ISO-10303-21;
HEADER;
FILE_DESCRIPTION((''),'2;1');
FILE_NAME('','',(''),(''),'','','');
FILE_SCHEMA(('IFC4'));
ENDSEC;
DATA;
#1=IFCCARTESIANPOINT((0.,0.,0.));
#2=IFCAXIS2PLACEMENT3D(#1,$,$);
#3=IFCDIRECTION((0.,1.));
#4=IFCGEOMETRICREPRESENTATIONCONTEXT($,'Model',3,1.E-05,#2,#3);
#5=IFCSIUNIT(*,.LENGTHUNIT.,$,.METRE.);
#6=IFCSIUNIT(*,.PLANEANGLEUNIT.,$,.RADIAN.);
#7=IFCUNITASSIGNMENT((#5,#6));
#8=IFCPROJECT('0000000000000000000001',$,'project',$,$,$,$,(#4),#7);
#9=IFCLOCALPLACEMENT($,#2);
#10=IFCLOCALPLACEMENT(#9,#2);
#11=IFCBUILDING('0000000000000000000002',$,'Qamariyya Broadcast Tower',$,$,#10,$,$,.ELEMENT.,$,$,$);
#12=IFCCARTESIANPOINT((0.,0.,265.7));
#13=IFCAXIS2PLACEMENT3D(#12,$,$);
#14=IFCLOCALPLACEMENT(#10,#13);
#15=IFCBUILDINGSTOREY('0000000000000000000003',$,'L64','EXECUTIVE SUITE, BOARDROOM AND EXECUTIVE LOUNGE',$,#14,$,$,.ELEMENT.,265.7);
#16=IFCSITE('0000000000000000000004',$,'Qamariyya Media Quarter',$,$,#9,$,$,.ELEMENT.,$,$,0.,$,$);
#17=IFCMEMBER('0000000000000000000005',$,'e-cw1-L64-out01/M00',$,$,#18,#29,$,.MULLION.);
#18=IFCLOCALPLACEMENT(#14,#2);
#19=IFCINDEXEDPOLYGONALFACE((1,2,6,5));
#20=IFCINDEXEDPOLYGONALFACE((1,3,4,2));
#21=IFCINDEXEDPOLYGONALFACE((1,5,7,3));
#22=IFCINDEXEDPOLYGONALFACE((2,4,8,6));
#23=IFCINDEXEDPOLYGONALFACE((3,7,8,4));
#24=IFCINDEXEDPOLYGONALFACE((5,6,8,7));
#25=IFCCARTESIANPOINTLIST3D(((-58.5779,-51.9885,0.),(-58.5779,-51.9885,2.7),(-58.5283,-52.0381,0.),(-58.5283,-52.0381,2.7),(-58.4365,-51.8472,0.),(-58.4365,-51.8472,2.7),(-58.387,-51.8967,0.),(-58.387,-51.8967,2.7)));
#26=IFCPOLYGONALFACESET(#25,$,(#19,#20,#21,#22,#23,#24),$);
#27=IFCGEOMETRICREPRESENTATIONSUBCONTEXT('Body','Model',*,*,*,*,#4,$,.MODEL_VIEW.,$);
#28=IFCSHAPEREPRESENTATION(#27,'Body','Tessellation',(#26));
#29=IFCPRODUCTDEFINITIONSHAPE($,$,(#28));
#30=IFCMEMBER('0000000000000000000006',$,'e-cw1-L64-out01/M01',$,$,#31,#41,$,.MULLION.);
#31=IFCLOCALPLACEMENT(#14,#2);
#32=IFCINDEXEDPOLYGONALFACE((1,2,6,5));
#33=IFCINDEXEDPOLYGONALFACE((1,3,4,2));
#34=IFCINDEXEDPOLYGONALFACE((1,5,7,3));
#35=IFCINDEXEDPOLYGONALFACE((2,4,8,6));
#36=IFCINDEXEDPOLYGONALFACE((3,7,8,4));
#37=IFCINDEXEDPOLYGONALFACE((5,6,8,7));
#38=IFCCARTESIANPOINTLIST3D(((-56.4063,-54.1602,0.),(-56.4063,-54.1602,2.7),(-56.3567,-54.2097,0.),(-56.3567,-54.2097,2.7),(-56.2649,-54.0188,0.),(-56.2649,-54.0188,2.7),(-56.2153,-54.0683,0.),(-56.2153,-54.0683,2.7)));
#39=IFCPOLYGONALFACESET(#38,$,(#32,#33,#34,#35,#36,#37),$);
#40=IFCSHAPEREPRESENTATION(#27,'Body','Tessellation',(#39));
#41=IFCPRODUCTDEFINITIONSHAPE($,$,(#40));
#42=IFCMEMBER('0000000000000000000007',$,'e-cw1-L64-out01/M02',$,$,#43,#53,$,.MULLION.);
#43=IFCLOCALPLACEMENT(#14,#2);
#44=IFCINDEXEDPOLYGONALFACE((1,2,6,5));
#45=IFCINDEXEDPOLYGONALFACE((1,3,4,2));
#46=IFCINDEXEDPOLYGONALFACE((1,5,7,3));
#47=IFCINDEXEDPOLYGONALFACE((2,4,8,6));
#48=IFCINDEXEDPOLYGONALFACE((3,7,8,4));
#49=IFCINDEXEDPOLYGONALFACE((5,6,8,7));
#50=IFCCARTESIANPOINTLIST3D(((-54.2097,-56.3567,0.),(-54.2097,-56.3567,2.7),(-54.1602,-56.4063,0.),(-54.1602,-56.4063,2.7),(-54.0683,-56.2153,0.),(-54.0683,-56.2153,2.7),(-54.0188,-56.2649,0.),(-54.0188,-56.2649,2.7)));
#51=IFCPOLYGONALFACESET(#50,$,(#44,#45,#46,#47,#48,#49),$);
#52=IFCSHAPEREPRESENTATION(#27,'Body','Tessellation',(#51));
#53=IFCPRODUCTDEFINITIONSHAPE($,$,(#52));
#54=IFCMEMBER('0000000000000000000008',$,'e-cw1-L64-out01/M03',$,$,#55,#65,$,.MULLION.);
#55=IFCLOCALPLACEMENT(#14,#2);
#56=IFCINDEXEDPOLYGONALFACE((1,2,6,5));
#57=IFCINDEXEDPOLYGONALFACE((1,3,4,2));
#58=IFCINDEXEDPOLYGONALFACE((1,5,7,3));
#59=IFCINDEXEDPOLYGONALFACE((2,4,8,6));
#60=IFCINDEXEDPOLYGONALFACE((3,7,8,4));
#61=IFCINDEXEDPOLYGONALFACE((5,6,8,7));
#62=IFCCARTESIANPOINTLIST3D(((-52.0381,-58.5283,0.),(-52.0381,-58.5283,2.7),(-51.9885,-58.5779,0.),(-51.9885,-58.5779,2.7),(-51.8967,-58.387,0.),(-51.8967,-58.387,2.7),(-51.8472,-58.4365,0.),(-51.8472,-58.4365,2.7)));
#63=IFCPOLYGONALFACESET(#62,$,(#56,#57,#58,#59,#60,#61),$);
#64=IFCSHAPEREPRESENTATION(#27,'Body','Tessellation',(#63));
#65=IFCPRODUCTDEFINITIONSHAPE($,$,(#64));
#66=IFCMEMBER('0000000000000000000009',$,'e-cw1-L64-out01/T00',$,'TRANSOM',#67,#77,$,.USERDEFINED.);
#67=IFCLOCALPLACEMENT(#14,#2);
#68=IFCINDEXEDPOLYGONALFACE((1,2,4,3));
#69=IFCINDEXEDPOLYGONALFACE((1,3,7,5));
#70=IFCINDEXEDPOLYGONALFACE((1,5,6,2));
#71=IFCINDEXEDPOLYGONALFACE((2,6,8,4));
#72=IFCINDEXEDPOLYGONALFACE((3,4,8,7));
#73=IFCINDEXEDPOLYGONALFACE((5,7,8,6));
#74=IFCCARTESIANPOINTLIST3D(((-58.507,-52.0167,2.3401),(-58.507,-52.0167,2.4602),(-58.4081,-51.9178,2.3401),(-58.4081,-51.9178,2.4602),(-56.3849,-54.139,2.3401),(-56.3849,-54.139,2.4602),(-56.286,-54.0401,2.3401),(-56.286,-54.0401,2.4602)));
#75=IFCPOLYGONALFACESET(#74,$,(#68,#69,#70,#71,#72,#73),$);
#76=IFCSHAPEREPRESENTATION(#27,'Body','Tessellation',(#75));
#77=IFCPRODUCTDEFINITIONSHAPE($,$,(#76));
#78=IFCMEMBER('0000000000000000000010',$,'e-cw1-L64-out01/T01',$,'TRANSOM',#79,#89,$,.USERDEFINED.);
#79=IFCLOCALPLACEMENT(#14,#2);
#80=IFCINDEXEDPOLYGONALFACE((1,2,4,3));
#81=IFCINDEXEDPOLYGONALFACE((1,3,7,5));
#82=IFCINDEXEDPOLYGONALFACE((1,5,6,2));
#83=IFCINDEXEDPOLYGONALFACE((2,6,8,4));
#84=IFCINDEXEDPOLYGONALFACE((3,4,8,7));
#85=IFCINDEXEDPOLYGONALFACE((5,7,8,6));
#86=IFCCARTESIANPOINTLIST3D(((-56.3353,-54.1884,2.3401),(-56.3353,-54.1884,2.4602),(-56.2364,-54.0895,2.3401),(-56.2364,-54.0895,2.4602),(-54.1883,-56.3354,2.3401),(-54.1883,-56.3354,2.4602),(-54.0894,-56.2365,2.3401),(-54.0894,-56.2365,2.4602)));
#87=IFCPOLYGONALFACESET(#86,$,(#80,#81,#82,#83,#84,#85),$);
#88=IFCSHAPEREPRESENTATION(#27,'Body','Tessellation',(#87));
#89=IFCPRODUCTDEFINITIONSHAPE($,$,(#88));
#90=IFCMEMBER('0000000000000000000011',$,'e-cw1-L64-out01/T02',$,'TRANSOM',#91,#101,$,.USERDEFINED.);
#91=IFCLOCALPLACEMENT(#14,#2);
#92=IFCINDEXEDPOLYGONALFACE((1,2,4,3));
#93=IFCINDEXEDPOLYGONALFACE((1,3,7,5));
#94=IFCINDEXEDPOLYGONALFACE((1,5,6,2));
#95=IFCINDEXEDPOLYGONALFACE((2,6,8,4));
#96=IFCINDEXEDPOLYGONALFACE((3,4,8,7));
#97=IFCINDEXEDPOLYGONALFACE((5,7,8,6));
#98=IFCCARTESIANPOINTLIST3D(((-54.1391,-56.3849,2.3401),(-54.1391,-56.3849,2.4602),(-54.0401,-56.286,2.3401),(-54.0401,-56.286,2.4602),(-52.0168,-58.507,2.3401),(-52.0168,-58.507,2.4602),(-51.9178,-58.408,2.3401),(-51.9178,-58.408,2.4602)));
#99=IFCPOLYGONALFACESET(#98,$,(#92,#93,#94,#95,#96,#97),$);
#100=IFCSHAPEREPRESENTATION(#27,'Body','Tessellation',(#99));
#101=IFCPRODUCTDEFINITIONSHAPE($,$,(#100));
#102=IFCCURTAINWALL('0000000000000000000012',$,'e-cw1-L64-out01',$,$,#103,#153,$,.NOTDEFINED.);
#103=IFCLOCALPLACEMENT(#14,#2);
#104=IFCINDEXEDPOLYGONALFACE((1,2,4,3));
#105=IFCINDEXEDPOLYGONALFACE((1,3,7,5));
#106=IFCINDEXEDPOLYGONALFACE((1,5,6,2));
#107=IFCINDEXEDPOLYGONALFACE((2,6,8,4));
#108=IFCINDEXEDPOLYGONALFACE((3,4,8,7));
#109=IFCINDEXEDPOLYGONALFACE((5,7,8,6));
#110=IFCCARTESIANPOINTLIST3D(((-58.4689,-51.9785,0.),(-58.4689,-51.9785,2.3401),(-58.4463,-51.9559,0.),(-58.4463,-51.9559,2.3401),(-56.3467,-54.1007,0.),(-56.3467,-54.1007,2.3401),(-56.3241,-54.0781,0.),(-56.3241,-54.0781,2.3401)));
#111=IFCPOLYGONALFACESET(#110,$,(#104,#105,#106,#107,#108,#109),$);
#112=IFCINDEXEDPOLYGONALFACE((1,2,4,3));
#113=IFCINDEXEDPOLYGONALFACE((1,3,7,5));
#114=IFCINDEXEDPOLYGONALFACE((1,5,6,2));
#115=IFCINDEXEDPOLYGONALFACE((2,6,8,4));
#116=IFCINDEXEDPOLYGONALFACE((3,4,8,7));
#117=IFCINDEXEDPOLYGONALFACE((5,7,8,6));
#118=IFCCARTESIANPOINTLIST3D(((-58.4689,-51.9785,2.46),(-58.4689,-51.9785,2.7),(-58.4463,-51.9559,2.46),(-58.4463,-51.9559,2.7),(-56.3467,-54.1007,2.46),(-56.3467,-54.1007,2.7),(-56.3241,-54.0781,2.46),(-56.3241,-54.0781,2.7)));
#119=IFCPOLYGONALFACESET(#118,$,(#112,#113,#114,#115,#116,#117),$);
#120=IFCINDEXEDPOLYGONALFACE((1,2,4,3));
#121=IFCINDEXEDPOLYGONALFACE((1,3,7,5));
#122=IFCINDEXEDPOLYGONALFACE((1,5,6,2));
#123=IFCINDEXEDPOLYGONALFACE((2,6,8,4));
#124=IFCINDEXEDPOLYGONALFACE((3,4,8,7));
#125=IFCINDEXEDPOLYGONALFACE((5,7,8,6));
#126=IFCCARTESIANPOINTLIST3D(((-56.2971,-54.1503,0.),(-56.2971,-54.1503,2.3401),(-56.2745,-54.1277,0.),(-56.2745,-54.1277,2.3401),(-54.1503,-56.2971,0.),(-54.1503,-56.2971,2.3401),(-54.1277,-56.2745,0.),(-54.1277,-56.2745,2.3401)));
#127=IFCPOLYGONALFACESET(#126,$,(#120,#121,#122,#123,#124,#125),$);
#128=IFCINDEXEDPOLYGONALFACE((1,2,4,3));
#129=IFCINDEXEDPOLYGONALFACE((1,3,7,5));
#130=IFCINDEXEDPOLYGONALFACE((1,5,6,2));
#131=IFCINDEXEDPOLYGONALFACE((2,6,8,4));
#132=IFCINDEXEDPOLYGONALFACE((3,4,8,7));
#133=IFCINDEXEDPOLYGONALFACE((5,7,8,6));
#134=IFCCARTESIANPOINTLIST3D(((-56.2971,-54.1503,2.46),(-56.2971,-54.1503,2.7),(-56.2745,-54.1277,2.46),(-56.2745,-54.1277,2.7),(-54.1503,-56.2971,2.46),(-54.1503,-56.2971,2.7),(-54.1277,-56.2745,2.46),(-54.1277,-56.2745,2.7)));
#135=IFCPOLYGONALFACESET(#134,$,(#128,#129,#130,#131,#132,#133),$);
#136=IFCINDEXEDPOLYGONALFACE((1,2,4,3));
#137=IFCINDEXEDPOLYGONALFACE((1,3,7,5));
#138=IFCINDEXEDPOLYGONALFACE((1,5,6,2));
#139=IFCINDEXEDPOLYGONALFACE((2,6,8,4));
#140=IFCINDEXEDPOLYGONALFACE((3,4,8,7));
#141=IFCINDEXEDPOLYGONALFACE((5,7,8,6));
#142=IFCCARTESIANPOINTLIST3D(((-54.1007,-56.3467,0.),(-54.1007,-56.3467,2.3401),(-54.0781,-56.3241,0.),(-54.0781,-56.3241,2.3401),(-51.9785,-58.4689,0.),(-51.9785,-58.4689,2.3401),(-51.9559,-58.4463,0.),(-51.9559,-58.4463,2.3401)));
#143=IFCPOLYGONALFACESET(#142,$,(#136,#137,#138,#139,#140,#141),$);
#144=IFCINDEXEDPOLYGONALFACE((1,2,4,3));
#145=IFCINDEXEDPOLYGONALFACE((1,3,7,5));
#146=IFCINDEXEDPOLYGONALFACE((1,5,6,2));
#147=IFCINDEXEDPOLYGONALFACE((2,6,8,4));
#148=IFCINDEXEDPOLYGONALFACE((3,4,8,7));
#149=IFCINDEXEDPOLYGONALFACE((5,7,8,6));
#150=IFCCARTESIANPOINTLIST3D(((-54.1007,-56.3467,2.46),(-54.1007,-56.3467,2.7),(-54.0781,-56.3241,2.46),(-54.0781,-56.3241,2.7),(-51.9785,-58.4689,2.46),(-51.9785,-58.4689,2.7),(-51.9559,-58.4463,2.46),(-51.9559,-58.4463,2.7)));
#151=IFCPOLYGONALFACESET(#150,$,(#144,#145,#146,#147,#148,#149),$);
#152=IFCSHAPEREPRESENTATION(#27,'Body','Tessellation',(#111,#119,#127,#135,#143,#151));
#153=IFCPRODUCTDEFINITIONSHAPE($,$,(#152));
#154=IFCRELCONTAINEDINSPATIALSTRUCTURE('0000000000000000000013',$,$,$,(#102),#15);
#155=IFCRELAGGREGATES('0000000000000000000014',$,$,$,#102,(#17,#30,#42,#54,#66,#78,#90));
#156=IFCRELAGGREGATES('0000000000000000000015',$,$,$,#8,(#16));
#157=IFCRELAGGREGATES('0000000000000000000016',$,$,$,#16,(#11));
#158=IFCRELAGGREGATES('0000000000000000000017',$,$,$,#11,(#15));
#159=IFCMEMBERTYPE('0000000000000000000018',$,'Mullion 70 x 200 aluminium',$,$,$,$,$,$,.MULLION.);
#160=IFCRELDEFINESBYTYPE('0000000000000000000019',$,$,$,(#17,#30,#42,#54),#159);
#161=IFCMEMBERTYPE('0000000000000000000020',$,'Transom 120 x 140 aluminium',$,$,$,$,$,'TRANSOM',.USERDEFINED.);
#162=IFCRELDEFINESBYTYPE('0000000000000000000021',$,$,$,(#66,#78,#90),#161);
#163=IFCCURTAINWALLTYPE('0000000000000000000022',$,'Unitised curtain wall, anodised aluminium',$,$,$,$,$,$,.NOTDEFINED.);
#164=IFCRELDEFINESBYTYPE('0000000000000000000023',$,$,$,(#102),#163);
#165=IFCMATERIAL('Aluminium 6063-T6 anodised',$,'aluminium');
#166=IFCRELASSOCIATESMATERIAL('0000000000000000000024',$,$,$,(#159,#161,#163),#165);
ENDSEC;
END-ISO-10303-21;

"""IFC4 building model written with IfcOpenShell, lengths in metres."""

from ifc_helpers import new_model, si_unit, direction, frame, origin, origin_2d, place, context, subcontext, project, spatial, rectangle, extrude, material, material_profile, profile_set, type_object, element, aggregate, save


model = new_model("IFC4")

# Units and contexts
model_context = context("Model", 3, precision=1e-05, world=origin(), true_north=direction((0.0, 1.0)))
body_context = subcontext(model_context, "Body", "Model", "MODEL_VIEW")
ifc_project = project(units=[si_unit("LENGTHUNIT", "METRE"), si_unit("PLANEANGLEUNIT", "RADIAN")], contexts=[model_context])

# Members
ifc_material_1 = material(Name="Aluminium 6063-T6 anodised", Category="aluminium")
ifc_material_profile_1 = material_profile(ifc_material_1, rectangle(XDim=0.2, YDim=0.0701, at=origin_2d()))
ifc_profile_set_1 = profile_set([ifc_material_profile_1], Name="Aluminium 6063-T6 anodised")
member_type_1 = type_object("IfcMemberType", Name="Mullion 70 x 200 aluminium", PredefinedType="MULLION", material=ifc_profile_set_1)
site_placement = place(None, origin())
building_placement = place(site_placement, origin())
storey_placement = place(building_placement, frame((0.0, 0.0, 265.7)))
member_1_placement = place(storey_placement, frame((-58.4824, -51.9426, 0.0), z_axis=(0.0, 0.0, 1.0), x_axis=(0.707107, 0.707107, 0.0)))
member_1 = element("IfcMember", 1, at=member_1_placement, type_object=member_type_1, Name="e-cw1-L64-out01/M00", PredefinedType="MULLION", context=body_context, shape_type="SweptSolid", body=[
    extrude(rectangle(XDim=0.2, YDim=0.0701, at=origin_2d()), origin(), (0.0, 0.0, 1.0), 2.7),
])
member_2_placement = place(storey_placement, frame((-56.3108, -54.1143, 0.0), z_axis=(0.0, 0.0, 1.0), x_axis=(0.707107, 0.707107, 0.0)))
member_2 = element("IfcMember", 2, at=member_2_placement, type_object=member_type_1, Name="e-cw1-L64-out01/M01", PredefinedType="MULLION", context=body_context, shape_type="SweptSolid", body=[
    extrude(rectangle(XDim=0.2, YDim=0.0701, at=origin_2d()), origin(), (0.0, 0.0, 1.0), 2.7),
])
member_3_placement = place(storey_placement, frame((-54.1143, -56.3108, 0.0), z_axis=(0.0, 0.0, 1.0), x_axis=(0.707107, 0.707107, 0.0)))
member_3 = element("IfcMember", 3, at=member_3_placement, type_object=member_type_1, Name="e-cw1-L64-out01/M02", PredefinedType="MULLION", context=body_context, shape_type="SweptSolid", body=[
    extrude(rectangle(XDim=0.2, YDim=0.0701, at=origin_2d()), origin(), (0.0, 0.0, 1.0), 2.7),
])
member_4_placement = place(storey_placement, frame((-51.9426, -58.4824, 0.0), z_axis=(0.0, 0.0, 1.0), x_axis=(0.707107, 0.707107, 0.0)))
member_4 = element("IfcMember", 4, at=member_4_placement, type_object=member_type_1, Name="e-cw1-L64-out01/M03", PredefinedType="MULLION", context=body_context, shape_type="SweptSolid", body=[
    extrude(rectangle(XDim=0.2, YDim=0.0701, at=origin_2d()), origin(), (0.0, 0.0, 1.0), 2.7),
])
ifc_material_profile_2 = material_profile(ifc_material_1, rectangle(XDim=0.1399, YDim=0.1201, at=origin_2d()))
ifc_profile_set_2 = profile_set([ifc_material_profile_2], Name="Aluminium 6063-T6 anodised")
member_type_2 = type_object("IfcMemberType", Name="Transom 120 x 140 aluminium", ElementType="TRANSOM", PredefinedType="USERDEFINED", material=ifc_profile_set_2)
member_5_placement = place(storey_placement, frame((-58.4575, -51.9673, 2.4001), z_axis=(0.707066, -0.707147, 0.0), x_axis=(0.707147, 0.707066, 0.0)))
member_5 = element("IfcMember", 5, at=member_5_placement, type_object=member_type_2, Name="e-cw1-L64-out01/T00", ObjectType="TRANSOM", PredefinedType="USERDEFINED", context=body_context, shape_type="SweptSolid", body=[
    extrude(rectangle(XDim=0.1399, YDim=0.1201, at=origin_2d()), origin(), (0.0, 0.0, 1.0), 3.0012),
])
member_6_placement = place(storey_placement, frame((-56.2859, -54.1389, 2.4001), z_axis=(0.707107, -0.707107, 0.0), x_axis=(0.707107, 0.707107, 0.0)))
member_6 = element("IfcMember", 6, at=member_6_placement, type_object=member_type_2, Name="e-cw1-L64-out01/T01", ObjectType="TRANSOM", PredefinedType="USERDEFINED", context=body_context, shape_type="SweptSolid", body=[
    extrude(rectangle(XDim=0.1399, YDim=0.1201, at=origin_2d()), origin(), (0.0, 0.0, 1.0), 3.0364),
])
member_7_placement = place(storey_placement, frame((-54.0896, -56.3354, 2.4001), z_axis=(0.707147, -0.707066, 0.0), x_axis=(0.707066, 0.707147, 0.0)))
member_7 = element("IfcMember", 7, at=member_7_placement, type_object=member_type_2, Name="e-cw1-L64-out01/T02", ObjectType="TRANSOM", PredefinedType="USERDEFINED", context=body_context, shape_type="SweptSolid", body=[
    extrude(rectangle(XDim=0.1399, YDim=0.1201, at=origin_2d()), origin(), (0.0, 0.0, 1.0), 3.0012),
])

# Site, building, storey
site = spatial("IfcSite", under=ifc_project, at=site_placement, Name="Qamariyya Media Quarter", CompositionType="ELEMENT", RefElevation=0.0)
building = spatial("IfcBuilding", under=site, at=building_placement, Name="Qamariyya Broadcast Tower", CompositionType="ELEMENT")
storey = spatial("IfcBuildingStorey", under=building, at=storey_placement, Name="L64", Description="EXECUTIVE SUITE, BOARDROOM AND EXECUTIVE LOUNGE", CompositionType="ELEMENT", Elevation=265.7)

# Curtain wall
curtain_wall_type = type_object("IfcCurtainWallType", Name="Unitised curtain wall, anodised aluminium", PredefinedType="NOTDEFINED", material=ifc_material_1)
curtain_wall_1_placement = place(storey_placement, origin())
curtain_wall_1 = element("IfcCurtainWall", 8, at=curtain_wall_1_placement, inside=storey, type_object=curtain_wall_type, Name="e-cw1-L64-out01", PredefinedType="NOTDEFINED", context=body_context, shape_type="SweptSolid", body=[
    extrude(rectangle(XDim=3.0012, YDim=0.032, at=origin_2d()), frame((-57.3965, -53.0283, 0.0), x_axis=(0.707107, -0.707107, 0.0)), (0.0, 0.0, 1.0), 2.3401),
    extrude(rectangle(XDim=3.0012, YDim=0.032, at=origin_2d()), frame((-57.3965, -53.0283, 2.46), x_axis=(0.707107, -0.707107, 0.0)), (0.0, 0.0, 1.0), 0.24),
    extrude(rectangle(XDim=3.0361, YDim=0.032, at=origin_2d()), frame((-55.2124, -55.2124, 0.0), x_axis=(0.707107, -0.707107, 0.0)), (0.0, 0.0, 1.0), 2.3401),
    extrude(rectangle(XDim=3.0361, YDim=0.032, at=origin_2d()), frame((-55.2124, -55.2124, 2.46), x_axis=(0.707107, -0.707107, 0.0)), (0.0, 0.0, 1.0), 0.24),
    extrude(rectangle(XDim=3.0012, YDim=0.032, at=origin_2d()), frame((-53.0283, -57.3965, 0.0), x_axis=(0.707107, -0.707107, 0.0)), (0.0, 0.0, 1.0), 2.3401),
    extrude(rectangle(XDim=3.0012, YDim=0.032, at=origin_2d()), frame((-53.0283, -57.3965, 2.46), x_axis=(0.707107, -0.707107, 0.0)), (0.0, 0.0, 1.0), 0.24),
])
aggregate(curtain_wall_1, [member_1, member_2, member_3, member_4, member_5, member_6, member_7])

save(model, "model.ifc")
